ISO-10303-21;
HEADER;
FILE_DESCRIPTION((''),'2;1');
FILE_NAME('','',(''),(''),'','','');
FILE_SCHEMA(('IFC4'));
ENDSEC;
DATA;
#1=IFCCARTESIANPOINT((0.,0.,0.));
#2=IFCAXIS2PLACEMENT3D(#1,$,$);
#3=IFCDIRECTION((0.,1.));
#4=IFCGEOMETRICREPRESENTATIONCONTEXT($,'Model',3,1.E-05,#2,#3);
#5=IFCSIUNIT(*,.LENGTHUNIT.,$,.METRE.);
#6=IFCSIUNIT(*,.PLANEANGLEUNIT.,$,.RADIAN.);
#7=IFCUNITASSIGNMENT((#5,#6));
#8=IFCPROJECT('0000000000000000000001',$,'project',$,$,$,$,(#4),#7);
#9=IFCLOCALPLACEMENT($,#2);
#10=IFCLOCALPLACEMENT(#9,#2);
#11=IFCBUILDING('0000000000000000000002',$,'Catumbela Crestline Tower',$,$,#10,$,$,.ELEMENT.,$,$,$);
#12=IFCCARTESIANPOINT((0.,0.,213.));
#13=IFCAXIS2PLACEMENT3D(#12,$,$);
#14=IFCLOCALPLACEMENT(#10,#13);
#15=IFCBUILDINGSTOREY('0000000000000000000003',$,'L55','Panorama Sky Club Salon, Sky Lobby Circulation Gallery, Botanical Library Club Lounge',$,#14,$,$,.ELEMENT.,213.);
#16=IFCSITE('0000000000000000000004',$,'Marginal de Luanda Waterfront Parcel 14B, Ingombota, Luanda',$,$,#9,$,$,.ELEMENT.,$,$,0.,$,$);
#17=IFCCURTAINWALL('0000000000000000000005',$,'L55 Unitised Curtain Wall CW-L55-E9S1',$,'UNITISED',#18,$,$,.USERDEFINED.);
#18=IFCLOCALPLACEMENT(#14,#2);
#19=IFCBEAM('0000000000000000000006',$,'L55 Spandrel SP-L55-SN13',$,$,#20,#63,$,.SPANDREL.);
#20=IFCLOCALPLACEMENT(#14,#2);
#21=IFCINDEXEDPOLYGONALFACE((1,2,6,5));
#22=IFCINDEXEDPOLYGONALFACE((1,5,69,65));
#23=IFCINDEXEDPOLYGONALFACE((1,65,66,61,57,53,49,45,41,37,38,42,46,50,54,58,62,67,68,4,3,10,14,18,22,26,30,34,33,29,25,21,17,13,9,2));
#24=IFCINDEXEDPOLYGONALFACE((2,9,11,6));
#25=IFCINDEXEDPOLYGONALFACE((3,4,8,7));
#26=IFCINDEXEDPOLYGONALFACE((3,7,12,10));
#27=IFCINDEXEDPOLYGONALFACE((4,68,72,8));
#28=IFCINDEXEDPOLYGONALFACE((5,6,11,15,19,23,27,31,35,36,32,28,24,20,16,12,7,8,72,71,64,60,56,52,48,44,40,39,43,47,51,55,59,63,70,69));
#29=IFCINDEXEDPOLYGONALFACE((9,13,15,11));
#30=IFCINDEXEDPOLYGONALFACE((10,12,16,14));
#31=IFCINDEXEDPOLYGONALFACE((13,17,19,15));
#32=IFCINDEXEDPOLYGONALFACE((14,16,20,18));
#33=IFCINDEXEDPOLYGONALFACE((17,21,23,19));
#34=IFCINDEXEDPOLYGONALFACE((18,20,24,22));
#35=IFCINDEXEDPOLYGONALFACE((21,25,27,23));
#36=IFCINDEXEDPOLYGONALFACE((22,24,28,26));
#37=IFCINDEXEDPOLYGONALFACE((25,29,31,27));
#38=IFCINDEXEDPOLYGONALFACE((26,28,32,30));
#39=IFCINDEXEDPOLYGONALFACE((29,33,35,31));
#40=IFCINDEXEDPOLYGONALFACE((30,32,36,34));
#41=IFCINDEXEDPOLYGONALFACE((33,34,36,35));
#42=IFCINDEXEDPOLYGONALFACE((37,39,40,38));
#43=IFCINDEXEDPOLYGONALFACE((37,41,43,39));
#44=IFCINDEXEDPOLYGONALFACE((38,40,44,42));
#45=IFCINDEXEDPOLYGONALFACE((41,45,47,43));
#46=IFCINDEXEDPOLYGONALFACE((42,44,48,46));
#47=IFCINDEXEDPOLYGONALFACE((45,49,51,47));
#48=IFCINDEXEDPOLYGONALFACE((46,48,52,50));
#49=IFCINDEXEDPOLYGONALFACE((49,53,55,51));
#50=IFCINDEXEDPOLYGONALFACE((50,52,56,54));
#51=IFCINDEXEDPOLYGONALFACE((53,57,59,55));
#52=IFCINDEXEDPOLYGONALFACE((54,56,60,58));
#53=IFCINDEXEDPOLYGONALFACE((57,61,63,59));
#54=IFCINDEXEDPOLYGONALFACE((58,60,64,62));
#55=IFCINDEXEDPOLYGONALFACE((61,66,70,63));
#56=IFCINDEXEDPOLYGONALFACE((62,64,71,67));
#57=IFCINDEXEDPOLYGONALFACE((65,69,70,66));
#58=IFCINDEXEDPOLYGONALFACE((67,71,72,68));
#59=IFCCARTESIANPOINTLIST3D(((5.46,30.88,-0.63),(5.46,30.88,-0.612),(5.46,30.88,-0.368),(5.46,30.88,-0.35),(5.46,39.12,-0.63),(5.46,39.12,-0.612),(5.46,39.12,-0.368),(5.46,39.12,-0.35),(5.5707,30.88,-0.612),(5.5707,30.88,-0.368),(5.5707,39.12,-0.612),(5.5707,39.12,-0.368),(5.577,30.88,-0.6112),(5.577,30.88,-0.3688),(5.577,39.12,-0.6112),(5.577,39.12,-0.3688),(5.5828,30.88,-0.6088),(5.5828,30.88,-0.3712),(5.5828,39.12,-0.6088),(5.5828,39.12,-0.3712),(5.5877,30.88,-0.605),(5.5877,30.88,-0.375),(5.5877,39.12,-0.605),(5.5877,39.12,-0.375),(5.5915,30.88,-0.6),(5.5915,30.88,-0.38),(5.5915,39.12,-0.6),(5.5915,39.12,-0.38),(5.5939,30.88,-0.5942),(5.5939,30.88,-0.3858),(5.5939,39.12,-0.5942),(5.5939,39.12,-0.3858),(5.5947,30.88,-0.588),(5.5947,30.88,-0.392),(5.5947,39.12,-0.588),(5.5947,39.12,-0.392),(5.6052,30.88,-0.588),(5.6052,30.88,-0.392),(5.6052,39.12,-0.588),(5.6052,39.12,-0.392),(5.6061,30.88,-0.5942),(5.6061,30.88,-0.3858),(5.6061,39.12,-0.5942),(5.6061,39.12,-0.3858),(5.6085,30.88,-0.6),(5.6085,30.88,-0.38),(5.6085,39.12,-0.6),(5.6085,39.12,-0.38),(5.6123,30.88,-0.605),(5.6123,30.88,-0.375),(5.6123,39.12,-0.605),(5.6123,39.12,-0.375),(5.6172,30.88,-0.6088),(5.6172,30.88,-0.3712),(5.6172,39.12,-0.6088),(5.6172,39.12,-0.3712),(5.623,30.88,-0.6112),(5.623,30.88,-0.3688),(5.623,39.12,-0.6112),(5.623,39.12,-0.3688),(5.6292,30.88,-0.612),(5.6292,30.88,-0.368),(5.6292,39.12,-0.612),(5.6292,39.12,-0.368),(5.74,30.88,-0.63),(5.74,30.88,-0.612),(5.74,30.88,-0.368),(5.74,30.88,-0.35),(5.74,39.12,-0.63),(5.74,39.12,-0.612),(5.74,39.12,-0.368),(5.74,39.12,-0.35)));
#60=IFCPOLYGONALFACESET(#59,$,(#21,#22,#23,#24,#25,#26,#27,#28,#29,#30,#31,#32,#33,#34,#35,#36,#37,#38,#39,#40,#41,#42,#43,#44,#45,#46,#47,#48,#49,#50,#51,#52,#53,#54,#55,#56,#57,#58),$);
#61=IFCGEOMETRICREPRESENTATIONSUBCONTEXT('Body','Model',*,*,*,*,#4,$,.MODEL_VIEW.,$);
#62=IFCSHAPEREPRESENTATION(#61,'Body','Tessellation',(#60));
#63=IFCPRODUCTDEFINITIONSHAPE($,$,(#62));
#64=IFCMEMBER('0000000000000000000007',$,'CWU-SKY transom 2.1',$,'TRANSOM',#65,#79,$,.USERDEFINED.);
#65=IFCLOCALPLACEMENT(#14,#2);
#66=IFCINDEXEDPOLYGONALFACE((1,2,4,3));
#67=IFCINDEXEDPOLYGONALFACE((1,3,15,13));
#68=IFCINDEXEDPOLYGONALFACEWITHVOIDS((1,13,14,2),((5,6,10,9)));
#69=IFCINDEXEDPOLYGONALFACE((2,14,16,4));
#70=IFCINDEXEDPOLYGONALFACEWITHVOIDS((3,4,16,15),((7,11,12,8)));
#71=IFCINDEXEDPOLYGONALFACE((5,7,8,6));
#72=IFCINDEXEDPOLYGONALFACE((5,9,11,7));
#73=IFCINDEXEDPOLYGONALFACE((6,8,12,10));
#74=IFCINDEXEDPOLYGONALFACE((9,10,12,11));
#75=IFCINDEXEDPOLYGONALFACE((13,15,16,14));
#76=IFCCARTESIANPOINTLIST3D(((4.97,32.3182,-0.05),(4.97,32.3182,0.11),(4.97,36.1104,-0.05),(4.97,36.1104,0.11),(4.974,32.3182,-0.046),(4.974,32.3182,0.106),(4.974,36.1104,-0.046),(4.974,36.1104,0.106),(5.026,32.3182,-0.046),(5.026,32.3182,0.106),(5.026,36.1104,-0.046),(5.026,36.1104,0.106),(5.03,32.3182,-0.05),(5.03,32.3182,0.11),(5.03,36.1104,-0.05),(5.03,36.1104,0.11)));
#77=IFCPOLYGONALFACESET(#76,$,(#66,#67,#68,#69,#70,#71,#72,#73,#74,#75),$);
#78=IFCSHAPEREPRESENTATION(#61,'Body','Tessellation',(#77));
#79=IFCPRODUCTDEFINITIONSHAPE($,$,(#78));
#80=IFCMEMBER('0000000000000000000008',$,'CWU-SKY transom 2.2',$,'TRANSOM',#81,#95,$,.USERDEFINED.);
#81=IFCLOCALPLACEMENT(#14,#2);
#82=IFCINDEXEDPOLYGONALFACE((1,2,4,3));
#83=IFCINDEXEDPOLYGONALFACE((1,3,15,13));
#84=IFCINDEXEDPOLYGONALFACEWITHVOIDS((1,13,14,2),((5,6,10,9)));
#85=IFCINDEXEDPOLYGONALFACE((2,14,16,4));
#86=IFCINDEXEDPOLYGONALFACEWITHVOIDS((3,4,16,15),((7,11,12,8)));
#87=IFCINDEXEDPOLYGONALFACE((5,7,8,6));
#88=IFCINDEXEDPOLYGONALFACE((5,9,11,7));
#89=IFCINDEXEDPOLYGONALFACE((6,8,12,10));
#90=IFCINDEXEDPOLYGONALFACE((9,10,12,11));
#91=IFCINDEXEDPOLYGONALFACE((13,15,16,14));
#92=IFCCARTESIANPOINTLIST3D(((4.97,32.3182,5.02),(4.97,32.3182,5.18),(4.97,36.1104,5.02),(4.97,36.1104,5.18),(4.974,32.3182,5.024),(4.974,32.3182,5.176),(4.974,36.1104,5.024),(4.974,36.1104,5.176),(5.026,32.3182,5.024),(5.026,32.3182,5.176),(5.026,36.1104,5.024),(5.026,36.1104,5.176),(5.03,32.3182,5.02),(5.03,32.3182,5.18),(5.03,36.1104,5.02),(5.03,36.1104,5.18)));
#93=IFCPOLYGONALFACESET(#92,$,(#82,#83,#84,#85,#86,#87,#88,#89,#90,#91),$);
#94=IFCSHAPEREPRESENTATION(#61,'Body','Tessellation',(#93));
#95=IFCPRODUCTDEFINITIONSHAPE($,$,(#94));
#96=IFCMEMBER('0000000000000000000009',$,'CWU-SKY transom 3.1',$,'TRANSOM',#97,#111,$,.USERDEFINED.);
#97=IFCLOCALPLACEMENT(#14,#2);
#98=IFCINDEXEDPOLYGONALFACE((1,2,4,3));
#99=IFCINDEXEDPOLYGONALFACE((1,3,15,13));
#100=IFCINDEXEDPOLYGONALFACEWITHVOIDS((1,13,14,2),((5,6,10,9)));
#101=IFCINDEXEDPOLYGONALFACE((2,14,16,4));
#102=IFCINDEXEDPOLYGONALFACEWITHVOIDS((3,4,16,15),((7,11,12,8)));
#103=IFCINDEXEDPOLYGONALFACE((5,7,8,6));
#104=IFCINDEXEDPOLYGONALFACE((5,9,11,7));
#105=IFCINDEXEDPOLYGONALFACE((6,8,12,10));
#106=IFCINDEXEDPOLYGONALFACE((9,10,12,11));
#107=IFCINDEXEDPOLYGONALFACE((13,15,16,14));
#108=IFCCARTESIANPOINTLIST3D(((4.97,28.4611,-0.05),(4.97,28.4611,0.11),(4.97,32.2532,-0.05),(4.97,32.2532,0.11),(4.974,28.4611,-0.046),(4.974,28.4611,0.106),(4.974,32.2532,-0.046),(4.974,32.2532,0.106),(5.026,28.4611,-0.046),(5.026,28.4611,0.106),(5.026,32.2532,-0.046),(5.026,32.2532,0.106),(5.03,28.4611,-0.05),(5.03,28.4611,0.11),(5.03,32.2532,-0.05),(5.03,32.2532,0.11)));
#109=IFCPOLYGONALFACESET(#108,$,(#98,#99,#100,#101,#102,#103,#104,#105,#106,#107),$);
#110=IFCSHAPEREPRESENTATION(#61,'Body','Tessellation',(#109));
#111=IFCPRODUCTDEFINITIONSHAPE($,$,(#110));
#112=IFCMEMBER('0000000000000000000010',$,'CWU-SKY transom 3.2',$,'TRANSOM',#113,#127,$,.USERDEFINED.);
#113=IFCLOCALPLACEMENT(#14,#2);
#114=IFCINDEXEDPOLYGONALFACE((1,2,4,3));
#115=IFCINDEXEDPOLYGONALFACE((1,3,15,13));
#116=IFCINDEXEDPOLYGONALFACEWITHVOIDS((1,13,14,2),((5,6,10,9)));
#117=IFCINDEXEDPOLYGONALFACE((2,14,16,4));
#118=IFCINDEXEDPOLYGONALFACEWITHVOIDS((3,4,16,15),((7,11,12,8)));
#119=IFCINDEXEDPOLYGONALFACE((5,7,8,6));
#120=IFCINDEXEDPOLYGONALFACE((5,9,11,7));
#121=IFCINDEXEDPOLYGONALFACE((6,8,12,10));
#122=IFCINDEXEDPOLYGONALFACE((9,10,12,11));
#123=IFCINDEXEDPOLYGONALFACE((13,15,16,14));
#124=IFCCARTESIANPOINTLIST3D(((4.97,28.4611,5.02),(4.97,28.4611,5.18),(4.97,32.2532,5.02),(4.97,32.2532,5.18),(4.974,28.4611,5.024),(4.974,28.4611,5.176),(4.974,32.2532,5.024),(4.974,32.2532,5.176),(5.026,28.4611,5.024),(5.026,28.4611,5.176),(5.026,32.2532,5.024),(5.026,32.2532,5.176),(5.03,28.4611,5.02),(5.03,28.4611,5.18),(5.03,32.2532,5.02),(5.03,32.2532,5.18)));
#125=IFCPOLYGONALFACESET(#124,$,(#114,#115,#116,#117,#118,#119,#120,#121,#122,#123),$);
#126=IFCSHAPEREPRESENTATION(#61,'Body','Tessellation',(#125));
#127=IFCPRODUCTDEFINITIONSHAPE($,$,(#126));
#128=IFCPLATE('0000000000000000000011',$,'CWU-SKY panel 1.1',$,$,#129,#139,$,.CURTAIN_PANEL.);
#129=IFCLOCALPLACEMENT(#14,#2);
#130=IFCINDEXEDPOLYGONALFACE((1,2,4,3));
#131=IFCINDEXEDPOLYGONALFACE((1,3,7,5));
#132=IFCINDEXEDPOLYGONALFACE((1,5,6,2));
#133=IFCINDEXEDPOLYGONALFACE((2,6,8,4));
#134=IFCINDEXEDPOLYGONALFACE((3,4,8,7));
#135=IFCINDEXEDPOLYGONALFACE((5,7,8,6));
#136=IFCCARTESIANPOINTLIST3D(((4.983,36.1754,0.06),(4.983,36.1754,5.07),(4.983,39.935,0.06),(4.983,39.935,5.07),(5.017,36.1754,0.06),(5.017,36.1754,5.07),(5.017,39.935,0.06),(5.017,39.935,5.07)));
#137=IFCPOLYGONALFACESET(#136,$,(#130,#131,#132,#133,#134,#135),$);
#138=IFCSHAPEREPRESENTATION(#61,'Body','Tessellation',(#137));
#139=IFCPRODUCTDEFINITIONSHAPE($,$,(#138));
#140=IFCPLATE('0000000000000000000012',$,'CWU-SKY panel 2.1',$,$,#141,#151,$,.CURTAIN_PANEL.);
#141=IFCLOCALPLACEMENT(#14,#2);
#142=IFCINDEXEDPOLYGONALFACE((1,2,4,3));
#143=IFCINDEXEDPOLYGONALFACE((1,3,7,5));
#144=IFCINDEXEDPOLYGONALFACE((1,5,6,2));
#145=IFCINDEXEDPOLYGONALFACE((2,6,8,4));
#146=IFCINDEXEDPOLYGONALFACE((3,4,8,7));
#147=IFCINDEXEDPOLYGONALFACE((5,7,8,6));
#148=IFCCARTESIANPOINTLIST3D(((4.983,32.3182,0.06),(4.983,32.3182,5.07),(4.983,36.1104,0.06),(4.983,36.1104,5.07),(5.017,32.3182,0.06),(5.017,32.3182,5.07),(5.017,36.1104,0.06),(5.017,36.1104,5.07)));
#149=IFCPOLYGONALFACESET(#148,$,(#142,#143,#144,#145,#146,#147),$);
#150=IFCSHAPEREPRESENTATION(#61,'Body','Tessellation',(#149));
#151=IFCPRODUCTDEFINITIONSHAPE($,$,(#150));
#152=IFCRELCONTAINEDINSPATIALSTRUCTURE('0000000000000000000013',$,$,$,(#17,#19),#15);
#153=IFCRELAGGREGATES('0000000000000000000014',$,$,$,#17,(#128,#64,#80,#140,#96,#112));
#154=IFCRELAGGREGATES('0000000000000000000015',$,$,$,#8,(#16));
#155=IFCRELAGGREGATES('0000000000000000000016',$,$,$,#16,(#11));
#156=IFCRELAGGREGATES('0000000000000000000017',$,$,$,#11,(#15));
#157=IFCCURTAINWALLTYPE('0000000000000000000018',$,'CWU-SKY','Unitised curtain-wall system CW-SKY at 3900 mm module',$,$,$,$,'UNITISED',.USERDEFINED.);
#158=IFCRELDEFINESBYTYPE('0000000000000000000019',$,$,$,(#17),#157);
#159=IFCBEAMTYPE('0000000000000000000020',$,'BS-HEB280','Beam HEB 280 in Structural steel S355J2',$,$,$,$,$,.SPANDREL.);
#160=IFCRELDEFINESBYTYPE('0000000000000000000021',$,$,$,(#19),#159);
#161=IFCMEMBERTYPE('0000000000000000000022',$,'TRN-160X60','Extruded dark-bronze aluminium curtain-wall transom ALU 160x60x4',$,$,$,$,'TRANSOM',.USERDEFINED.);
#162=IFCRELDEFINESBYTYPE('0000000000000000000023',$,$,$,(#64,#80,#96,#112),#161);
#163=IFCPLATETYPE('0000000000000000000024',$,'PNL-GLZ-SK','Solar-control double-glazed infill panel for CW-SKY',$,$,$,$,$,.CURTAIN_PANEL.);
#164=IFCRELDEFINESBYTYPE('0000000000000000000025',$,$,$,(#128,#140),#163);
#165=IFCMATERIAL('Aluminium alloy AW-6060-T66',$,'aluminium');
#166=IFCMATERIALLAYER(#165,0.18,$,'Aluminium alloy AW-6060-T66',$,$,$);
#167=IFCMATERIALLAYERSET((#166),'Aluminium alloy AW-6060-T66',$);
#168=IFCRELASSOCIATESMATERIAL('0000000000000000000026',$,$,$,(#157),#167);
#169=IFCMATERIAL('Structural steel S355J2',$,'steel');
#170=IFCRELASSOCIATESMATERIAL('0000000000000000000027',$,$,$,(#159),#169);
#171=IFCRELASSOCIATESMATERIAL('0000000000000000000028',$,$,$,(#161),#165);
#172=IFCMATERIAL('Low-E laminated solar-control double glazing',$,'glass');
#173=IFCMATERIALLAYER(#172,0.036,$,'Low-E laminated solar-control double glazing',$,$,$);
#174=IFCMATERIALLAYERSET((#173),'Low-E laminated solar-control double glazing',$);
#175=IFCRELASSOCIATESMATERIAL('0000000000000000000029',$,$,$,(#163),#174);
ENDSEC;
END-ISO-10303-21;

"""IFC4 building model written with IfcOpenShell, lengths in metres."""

from ifc_helpers import new_model, si_unit, direction, frame, origin, origin_2d, place, context, subcontext, project, spatial, rectangle, hollow_rectangle, i_section, extrude, material, layer, layer_set, material_profile, profile_set, type_object, element, aggregate, save


model = new_model("IFC4")

# Units and contexts
model_context = context("Model", 3, precision=1e-05, world=origin(), true_north=direction((0.0, 1.0)))
body_context = subcontext(model_context, "Body", "Model", "MODEL_VIEW")
ifc_project = project(units=[si_unit("LENGTHUNIT", "METRE"), si_unit("PLANEANGLEUNIT", "RADIAN")], contexts=[model_context])

# Site, building, storey
site_placement = place(None, origin())
site = spatial("IfcSite", under=ifc_project, at=site_placement, Name="Marginal de Luanda Waterfront Parcel 14B, Ingombota, Luanda", CompositionType="ELEMENT", RefElevation=0.0)
building_placement = place(site_placement, origin())
building = spatial("IfcBuilding", under=site, at=building_placement, Name="Catumbela Crestline Tower", CompositionType="ELEMENT")
storey_placement = place(building_placement, frame((0.0, 0.0, 213.0)))
storey = spatial("IfcBuildingStorey", under=building, at=storey_placement, Name="L55", Description="Panorama Sky Club Salon, Sky Lobby Circulation Gallery, Botanical Library Club Lounge", CompositionType="ELEMENT", Elevation=213.0)

# Shared definitions
ifc_material_1 = material(Name="Structural steel S355J2", Category="steel")

# Curtain wall
ifc_material_2 = material(Name="Aluminium alloy AW-6060-T66", Category="aluminium")
ifc_layer_1 = layer(ifc_material_2, 0.18, Name="Aluminium alloy AW-6060-T66")
ifc_layer_set_1 = layer_set([ifc_layer_1], Name="Aluminium alloy AW-6060-T66")
curtain_wall_type = type_object("IfcCurtainWallType", Name="CWU-SKY", Description="Unitised curtain-wall system CW-SKY at 3900 mm module", ElementType="UNITISED", PredefinedType="USERDEFINED", material=ifc_layer_set_1)
curtain_wall_placement = place(storey_placement, origin())
curtain_wall = element("IfcCurtainWall", 1, at=curtain_wall_placement, inside=storey, type_object=curtain_wall_type, Name="L55 Unitised Curtain Wall CW-L55-E9S1", ObjectType="UNITISED", PredefinedType="USERDEFINED")

# Beam
ifc_material_profile_1 = material_profile(ifc_material_1, i_section(OverallWidth=0.28, OverallDepth=0.28, WebThickness=0.0105, FlangeThickness=0.018, FilletRadius=0.024, at=origin_2d()), Name="HEB 280")
ifc_profile_set_1 = profile_set([ifc_material_profile_1], Name="Structural steel S355J2")
beam_type_1 = type_object("IfcBeamType", Name="BS-HEB280", Description="Beam HEB 280 in Structural steel S355J2", PredefinedType="SPANDREL", material=ifc_profile_set_1)
beam_1_placement = place(storey_placement, frame((5.6, 30.88, -0.49), z_axis=(0.0, 1.0, 0.0), x_axis=(-1.0, 0.0, 0.0)))
element("IfcBeam", 2, at=beam_1_placement, inside=storey, type_object=beam_type_1, Name="L55 Spandrel SP-L55-SN13", PredefinedType="SPANDREL", context=body_context, shape_type="SweptSolid", body=[
    extrude(i_section(OverallWidth=0.28, OverallDepth=0.28, WebThickness=0.0105, FlangeThickness=0.018, FilletRadius=0.024, at=origin_2d()), origin(), (0.0, 0.0, 1.0), 8.24),
])

# Members
ifc_material_profile_2 = material_profile(ifc_material_2, hollow_rectangle(XDim=0.06, YDim=0.16, WallThickness=0.004, at=origin_2d()), Name="ALU 160x60x4")
ifc_profile_set_2 = profile_set([ifc_material_profile_2], Name="Aluminium alloy AW-6060-T66")
member_type_1 = type_object("IfcMemberType", Name="TRN-160X60", Description="Extruded dark-bronze aluminium curtain-wall transom ALU 160x60x4", ElementType="TRANSOM", PredefinedType="USERDEFINED", material=ifc_profile_set_2)
member_1_placement = place(storey_placement, frame((5.0, 36.1104, 0.03), z_axis=(0.0, -1.0, 0.0), x_axis=(1.0, 0.0, 0.0)))
member_1 = element("IfcMember", 3, at=member_1_placement, type_object=member_type_1, Name="CWU-SKY transom 2.1", ObjectType="TRANSOM", PredefinedType="USERDEFINED", context=body_context, shape_type="SweptSolid", body=[
    extrude(hollow_rectangle(XDim=0.06, YDim=0.16, WallThickness=0.004, at=origin_2d()), origin(), (0.0, 0.0, 1.0), 3.7922),
])
member_2_placement = place(storey_placement, frame((5.0, 36.1104, 5.1), z_axis=(0.0, -1.0, 0.0), x_axis=(1.0, 0.0, 0.0)))
member_2 = element("IfcMember", 4, at=member_2_placement, type_object=member_type_1, Name="CWU-SKY transom 2.2", ObjectType="TRANSOM", PredefinedType="USERDEFINED", context=body_context, shape_type="SweptSolid", body=[
    extrude(hollow_rectangle(XDim=0.06, YDim=0.16, WallThickness=0.004, at=origin_2d()), origin(), (0.0, 0.0, 1.0), 3.7922),
])
member_3_placement = place(storey_placement, frame((5.0, 32.2532, 0.03), z_axis=(0.0, -1.0, 0.0), x_axis=(1.0, 0.0, 0.0)))
member_3 = element("IfcMember", 5, at=member_3_placement, type_object=member_type_1, Name="CWU-SKY transom 3.1", ObjectType="TRANSOM", PredefinedType="USERDEFINED", context=body_context, shape_type="SweptSolid", body=[
    extrude(hollow_rectangle(XDim=0.06, YDim=0.16, WallThickness=0.004, at=origin_2d()), origin(), (0.0, 0.0, 1.0), 3.7921),
])
member_4_placement = place(storey_placement, frame((5.0, 32.2532, 5.1), z_axis=(0.0, -1.0, 0.0), x_axis=(1.0, 0.0, 0.0)))
member_4 = element("IfcMember", 6, at=member_4_placement, type_object=member_type_1, Name="CWU-SKY transom 3.2", ObjectType="TRANSOM", PredefinedType="USERDEFINED", context=body_context, shape_type="SweptSolid", body=[
    extrude(hollow_rectangle(XDim=0.06, YDim=0.16, WallThickness=0.004, at=origin_2d()), origin(), (0.0, 0.0, 1.0), 3.7921),
])

# Plates
ifc_material_3 = material(Name="Low-E laminated solar-control double glazing", Category="glass")
ifc_layer_2 = layer(ifc_material_3, 0.036, Name="Low-E laminated solar-control double glazing")
ifc_layer_set_2 = layer_set([ifc_layer_2], Name="Low-E laminated solar-control double glazing")
plate_type = type_object("IfcPlateType", Name="PNL-GLZ-SK", Description="Solar-control double-glazed infill panel for CW-SKY", PredefinedType="CURTAIN_PANEL", material=ifc_layer_set_2)
plate_1_placement = place(storey_placement, frame((5.0, 38.0552, 0.06), z_axis=(0.0, 0.0, 1.0), x_axis=(0.0, -1.0, 0.0)))
plate_1 = element("IfcPlate", 7, at=plate_1_placement, type_object=plate_type, Name="CWU-SKY panel 1.1", PredefinedType="CURTAIN_PANEL", context=body_context, shape_type="SweptSolid", body=[
    extrude(rectangle(XDim=3.7596, YDim=0.034, at=origin_2d()), origin(), (0.0, 0.0, 1.0), 5.01),
])
plate_2_placement = place(storey_placement, frame((5.0, 34.2143, 0.06), z_axis=(0.0, 0.0, 1.0), x_axis=(0.0, -1.0, 0.0)))
plate_2 = element("IfcPlate", 8, at=plate_2_placement, type_object=plate_type, Name="CWU-SKY panel 2.1", PredefinedType="CURTAIN_PANEL", context=body_context, shape_type="SweptSolid", body=[
    extrude(rectangle(XDim=3.7921, YDim=0.034, at=origin_2d()), origin(), (0.0, 0.0, 1.0), 5.01),
])
aggregate(curtain_wall, [plate_1, member_1, member_2, plate_2, member_3, member_4])

save(model, "model.ifc")
